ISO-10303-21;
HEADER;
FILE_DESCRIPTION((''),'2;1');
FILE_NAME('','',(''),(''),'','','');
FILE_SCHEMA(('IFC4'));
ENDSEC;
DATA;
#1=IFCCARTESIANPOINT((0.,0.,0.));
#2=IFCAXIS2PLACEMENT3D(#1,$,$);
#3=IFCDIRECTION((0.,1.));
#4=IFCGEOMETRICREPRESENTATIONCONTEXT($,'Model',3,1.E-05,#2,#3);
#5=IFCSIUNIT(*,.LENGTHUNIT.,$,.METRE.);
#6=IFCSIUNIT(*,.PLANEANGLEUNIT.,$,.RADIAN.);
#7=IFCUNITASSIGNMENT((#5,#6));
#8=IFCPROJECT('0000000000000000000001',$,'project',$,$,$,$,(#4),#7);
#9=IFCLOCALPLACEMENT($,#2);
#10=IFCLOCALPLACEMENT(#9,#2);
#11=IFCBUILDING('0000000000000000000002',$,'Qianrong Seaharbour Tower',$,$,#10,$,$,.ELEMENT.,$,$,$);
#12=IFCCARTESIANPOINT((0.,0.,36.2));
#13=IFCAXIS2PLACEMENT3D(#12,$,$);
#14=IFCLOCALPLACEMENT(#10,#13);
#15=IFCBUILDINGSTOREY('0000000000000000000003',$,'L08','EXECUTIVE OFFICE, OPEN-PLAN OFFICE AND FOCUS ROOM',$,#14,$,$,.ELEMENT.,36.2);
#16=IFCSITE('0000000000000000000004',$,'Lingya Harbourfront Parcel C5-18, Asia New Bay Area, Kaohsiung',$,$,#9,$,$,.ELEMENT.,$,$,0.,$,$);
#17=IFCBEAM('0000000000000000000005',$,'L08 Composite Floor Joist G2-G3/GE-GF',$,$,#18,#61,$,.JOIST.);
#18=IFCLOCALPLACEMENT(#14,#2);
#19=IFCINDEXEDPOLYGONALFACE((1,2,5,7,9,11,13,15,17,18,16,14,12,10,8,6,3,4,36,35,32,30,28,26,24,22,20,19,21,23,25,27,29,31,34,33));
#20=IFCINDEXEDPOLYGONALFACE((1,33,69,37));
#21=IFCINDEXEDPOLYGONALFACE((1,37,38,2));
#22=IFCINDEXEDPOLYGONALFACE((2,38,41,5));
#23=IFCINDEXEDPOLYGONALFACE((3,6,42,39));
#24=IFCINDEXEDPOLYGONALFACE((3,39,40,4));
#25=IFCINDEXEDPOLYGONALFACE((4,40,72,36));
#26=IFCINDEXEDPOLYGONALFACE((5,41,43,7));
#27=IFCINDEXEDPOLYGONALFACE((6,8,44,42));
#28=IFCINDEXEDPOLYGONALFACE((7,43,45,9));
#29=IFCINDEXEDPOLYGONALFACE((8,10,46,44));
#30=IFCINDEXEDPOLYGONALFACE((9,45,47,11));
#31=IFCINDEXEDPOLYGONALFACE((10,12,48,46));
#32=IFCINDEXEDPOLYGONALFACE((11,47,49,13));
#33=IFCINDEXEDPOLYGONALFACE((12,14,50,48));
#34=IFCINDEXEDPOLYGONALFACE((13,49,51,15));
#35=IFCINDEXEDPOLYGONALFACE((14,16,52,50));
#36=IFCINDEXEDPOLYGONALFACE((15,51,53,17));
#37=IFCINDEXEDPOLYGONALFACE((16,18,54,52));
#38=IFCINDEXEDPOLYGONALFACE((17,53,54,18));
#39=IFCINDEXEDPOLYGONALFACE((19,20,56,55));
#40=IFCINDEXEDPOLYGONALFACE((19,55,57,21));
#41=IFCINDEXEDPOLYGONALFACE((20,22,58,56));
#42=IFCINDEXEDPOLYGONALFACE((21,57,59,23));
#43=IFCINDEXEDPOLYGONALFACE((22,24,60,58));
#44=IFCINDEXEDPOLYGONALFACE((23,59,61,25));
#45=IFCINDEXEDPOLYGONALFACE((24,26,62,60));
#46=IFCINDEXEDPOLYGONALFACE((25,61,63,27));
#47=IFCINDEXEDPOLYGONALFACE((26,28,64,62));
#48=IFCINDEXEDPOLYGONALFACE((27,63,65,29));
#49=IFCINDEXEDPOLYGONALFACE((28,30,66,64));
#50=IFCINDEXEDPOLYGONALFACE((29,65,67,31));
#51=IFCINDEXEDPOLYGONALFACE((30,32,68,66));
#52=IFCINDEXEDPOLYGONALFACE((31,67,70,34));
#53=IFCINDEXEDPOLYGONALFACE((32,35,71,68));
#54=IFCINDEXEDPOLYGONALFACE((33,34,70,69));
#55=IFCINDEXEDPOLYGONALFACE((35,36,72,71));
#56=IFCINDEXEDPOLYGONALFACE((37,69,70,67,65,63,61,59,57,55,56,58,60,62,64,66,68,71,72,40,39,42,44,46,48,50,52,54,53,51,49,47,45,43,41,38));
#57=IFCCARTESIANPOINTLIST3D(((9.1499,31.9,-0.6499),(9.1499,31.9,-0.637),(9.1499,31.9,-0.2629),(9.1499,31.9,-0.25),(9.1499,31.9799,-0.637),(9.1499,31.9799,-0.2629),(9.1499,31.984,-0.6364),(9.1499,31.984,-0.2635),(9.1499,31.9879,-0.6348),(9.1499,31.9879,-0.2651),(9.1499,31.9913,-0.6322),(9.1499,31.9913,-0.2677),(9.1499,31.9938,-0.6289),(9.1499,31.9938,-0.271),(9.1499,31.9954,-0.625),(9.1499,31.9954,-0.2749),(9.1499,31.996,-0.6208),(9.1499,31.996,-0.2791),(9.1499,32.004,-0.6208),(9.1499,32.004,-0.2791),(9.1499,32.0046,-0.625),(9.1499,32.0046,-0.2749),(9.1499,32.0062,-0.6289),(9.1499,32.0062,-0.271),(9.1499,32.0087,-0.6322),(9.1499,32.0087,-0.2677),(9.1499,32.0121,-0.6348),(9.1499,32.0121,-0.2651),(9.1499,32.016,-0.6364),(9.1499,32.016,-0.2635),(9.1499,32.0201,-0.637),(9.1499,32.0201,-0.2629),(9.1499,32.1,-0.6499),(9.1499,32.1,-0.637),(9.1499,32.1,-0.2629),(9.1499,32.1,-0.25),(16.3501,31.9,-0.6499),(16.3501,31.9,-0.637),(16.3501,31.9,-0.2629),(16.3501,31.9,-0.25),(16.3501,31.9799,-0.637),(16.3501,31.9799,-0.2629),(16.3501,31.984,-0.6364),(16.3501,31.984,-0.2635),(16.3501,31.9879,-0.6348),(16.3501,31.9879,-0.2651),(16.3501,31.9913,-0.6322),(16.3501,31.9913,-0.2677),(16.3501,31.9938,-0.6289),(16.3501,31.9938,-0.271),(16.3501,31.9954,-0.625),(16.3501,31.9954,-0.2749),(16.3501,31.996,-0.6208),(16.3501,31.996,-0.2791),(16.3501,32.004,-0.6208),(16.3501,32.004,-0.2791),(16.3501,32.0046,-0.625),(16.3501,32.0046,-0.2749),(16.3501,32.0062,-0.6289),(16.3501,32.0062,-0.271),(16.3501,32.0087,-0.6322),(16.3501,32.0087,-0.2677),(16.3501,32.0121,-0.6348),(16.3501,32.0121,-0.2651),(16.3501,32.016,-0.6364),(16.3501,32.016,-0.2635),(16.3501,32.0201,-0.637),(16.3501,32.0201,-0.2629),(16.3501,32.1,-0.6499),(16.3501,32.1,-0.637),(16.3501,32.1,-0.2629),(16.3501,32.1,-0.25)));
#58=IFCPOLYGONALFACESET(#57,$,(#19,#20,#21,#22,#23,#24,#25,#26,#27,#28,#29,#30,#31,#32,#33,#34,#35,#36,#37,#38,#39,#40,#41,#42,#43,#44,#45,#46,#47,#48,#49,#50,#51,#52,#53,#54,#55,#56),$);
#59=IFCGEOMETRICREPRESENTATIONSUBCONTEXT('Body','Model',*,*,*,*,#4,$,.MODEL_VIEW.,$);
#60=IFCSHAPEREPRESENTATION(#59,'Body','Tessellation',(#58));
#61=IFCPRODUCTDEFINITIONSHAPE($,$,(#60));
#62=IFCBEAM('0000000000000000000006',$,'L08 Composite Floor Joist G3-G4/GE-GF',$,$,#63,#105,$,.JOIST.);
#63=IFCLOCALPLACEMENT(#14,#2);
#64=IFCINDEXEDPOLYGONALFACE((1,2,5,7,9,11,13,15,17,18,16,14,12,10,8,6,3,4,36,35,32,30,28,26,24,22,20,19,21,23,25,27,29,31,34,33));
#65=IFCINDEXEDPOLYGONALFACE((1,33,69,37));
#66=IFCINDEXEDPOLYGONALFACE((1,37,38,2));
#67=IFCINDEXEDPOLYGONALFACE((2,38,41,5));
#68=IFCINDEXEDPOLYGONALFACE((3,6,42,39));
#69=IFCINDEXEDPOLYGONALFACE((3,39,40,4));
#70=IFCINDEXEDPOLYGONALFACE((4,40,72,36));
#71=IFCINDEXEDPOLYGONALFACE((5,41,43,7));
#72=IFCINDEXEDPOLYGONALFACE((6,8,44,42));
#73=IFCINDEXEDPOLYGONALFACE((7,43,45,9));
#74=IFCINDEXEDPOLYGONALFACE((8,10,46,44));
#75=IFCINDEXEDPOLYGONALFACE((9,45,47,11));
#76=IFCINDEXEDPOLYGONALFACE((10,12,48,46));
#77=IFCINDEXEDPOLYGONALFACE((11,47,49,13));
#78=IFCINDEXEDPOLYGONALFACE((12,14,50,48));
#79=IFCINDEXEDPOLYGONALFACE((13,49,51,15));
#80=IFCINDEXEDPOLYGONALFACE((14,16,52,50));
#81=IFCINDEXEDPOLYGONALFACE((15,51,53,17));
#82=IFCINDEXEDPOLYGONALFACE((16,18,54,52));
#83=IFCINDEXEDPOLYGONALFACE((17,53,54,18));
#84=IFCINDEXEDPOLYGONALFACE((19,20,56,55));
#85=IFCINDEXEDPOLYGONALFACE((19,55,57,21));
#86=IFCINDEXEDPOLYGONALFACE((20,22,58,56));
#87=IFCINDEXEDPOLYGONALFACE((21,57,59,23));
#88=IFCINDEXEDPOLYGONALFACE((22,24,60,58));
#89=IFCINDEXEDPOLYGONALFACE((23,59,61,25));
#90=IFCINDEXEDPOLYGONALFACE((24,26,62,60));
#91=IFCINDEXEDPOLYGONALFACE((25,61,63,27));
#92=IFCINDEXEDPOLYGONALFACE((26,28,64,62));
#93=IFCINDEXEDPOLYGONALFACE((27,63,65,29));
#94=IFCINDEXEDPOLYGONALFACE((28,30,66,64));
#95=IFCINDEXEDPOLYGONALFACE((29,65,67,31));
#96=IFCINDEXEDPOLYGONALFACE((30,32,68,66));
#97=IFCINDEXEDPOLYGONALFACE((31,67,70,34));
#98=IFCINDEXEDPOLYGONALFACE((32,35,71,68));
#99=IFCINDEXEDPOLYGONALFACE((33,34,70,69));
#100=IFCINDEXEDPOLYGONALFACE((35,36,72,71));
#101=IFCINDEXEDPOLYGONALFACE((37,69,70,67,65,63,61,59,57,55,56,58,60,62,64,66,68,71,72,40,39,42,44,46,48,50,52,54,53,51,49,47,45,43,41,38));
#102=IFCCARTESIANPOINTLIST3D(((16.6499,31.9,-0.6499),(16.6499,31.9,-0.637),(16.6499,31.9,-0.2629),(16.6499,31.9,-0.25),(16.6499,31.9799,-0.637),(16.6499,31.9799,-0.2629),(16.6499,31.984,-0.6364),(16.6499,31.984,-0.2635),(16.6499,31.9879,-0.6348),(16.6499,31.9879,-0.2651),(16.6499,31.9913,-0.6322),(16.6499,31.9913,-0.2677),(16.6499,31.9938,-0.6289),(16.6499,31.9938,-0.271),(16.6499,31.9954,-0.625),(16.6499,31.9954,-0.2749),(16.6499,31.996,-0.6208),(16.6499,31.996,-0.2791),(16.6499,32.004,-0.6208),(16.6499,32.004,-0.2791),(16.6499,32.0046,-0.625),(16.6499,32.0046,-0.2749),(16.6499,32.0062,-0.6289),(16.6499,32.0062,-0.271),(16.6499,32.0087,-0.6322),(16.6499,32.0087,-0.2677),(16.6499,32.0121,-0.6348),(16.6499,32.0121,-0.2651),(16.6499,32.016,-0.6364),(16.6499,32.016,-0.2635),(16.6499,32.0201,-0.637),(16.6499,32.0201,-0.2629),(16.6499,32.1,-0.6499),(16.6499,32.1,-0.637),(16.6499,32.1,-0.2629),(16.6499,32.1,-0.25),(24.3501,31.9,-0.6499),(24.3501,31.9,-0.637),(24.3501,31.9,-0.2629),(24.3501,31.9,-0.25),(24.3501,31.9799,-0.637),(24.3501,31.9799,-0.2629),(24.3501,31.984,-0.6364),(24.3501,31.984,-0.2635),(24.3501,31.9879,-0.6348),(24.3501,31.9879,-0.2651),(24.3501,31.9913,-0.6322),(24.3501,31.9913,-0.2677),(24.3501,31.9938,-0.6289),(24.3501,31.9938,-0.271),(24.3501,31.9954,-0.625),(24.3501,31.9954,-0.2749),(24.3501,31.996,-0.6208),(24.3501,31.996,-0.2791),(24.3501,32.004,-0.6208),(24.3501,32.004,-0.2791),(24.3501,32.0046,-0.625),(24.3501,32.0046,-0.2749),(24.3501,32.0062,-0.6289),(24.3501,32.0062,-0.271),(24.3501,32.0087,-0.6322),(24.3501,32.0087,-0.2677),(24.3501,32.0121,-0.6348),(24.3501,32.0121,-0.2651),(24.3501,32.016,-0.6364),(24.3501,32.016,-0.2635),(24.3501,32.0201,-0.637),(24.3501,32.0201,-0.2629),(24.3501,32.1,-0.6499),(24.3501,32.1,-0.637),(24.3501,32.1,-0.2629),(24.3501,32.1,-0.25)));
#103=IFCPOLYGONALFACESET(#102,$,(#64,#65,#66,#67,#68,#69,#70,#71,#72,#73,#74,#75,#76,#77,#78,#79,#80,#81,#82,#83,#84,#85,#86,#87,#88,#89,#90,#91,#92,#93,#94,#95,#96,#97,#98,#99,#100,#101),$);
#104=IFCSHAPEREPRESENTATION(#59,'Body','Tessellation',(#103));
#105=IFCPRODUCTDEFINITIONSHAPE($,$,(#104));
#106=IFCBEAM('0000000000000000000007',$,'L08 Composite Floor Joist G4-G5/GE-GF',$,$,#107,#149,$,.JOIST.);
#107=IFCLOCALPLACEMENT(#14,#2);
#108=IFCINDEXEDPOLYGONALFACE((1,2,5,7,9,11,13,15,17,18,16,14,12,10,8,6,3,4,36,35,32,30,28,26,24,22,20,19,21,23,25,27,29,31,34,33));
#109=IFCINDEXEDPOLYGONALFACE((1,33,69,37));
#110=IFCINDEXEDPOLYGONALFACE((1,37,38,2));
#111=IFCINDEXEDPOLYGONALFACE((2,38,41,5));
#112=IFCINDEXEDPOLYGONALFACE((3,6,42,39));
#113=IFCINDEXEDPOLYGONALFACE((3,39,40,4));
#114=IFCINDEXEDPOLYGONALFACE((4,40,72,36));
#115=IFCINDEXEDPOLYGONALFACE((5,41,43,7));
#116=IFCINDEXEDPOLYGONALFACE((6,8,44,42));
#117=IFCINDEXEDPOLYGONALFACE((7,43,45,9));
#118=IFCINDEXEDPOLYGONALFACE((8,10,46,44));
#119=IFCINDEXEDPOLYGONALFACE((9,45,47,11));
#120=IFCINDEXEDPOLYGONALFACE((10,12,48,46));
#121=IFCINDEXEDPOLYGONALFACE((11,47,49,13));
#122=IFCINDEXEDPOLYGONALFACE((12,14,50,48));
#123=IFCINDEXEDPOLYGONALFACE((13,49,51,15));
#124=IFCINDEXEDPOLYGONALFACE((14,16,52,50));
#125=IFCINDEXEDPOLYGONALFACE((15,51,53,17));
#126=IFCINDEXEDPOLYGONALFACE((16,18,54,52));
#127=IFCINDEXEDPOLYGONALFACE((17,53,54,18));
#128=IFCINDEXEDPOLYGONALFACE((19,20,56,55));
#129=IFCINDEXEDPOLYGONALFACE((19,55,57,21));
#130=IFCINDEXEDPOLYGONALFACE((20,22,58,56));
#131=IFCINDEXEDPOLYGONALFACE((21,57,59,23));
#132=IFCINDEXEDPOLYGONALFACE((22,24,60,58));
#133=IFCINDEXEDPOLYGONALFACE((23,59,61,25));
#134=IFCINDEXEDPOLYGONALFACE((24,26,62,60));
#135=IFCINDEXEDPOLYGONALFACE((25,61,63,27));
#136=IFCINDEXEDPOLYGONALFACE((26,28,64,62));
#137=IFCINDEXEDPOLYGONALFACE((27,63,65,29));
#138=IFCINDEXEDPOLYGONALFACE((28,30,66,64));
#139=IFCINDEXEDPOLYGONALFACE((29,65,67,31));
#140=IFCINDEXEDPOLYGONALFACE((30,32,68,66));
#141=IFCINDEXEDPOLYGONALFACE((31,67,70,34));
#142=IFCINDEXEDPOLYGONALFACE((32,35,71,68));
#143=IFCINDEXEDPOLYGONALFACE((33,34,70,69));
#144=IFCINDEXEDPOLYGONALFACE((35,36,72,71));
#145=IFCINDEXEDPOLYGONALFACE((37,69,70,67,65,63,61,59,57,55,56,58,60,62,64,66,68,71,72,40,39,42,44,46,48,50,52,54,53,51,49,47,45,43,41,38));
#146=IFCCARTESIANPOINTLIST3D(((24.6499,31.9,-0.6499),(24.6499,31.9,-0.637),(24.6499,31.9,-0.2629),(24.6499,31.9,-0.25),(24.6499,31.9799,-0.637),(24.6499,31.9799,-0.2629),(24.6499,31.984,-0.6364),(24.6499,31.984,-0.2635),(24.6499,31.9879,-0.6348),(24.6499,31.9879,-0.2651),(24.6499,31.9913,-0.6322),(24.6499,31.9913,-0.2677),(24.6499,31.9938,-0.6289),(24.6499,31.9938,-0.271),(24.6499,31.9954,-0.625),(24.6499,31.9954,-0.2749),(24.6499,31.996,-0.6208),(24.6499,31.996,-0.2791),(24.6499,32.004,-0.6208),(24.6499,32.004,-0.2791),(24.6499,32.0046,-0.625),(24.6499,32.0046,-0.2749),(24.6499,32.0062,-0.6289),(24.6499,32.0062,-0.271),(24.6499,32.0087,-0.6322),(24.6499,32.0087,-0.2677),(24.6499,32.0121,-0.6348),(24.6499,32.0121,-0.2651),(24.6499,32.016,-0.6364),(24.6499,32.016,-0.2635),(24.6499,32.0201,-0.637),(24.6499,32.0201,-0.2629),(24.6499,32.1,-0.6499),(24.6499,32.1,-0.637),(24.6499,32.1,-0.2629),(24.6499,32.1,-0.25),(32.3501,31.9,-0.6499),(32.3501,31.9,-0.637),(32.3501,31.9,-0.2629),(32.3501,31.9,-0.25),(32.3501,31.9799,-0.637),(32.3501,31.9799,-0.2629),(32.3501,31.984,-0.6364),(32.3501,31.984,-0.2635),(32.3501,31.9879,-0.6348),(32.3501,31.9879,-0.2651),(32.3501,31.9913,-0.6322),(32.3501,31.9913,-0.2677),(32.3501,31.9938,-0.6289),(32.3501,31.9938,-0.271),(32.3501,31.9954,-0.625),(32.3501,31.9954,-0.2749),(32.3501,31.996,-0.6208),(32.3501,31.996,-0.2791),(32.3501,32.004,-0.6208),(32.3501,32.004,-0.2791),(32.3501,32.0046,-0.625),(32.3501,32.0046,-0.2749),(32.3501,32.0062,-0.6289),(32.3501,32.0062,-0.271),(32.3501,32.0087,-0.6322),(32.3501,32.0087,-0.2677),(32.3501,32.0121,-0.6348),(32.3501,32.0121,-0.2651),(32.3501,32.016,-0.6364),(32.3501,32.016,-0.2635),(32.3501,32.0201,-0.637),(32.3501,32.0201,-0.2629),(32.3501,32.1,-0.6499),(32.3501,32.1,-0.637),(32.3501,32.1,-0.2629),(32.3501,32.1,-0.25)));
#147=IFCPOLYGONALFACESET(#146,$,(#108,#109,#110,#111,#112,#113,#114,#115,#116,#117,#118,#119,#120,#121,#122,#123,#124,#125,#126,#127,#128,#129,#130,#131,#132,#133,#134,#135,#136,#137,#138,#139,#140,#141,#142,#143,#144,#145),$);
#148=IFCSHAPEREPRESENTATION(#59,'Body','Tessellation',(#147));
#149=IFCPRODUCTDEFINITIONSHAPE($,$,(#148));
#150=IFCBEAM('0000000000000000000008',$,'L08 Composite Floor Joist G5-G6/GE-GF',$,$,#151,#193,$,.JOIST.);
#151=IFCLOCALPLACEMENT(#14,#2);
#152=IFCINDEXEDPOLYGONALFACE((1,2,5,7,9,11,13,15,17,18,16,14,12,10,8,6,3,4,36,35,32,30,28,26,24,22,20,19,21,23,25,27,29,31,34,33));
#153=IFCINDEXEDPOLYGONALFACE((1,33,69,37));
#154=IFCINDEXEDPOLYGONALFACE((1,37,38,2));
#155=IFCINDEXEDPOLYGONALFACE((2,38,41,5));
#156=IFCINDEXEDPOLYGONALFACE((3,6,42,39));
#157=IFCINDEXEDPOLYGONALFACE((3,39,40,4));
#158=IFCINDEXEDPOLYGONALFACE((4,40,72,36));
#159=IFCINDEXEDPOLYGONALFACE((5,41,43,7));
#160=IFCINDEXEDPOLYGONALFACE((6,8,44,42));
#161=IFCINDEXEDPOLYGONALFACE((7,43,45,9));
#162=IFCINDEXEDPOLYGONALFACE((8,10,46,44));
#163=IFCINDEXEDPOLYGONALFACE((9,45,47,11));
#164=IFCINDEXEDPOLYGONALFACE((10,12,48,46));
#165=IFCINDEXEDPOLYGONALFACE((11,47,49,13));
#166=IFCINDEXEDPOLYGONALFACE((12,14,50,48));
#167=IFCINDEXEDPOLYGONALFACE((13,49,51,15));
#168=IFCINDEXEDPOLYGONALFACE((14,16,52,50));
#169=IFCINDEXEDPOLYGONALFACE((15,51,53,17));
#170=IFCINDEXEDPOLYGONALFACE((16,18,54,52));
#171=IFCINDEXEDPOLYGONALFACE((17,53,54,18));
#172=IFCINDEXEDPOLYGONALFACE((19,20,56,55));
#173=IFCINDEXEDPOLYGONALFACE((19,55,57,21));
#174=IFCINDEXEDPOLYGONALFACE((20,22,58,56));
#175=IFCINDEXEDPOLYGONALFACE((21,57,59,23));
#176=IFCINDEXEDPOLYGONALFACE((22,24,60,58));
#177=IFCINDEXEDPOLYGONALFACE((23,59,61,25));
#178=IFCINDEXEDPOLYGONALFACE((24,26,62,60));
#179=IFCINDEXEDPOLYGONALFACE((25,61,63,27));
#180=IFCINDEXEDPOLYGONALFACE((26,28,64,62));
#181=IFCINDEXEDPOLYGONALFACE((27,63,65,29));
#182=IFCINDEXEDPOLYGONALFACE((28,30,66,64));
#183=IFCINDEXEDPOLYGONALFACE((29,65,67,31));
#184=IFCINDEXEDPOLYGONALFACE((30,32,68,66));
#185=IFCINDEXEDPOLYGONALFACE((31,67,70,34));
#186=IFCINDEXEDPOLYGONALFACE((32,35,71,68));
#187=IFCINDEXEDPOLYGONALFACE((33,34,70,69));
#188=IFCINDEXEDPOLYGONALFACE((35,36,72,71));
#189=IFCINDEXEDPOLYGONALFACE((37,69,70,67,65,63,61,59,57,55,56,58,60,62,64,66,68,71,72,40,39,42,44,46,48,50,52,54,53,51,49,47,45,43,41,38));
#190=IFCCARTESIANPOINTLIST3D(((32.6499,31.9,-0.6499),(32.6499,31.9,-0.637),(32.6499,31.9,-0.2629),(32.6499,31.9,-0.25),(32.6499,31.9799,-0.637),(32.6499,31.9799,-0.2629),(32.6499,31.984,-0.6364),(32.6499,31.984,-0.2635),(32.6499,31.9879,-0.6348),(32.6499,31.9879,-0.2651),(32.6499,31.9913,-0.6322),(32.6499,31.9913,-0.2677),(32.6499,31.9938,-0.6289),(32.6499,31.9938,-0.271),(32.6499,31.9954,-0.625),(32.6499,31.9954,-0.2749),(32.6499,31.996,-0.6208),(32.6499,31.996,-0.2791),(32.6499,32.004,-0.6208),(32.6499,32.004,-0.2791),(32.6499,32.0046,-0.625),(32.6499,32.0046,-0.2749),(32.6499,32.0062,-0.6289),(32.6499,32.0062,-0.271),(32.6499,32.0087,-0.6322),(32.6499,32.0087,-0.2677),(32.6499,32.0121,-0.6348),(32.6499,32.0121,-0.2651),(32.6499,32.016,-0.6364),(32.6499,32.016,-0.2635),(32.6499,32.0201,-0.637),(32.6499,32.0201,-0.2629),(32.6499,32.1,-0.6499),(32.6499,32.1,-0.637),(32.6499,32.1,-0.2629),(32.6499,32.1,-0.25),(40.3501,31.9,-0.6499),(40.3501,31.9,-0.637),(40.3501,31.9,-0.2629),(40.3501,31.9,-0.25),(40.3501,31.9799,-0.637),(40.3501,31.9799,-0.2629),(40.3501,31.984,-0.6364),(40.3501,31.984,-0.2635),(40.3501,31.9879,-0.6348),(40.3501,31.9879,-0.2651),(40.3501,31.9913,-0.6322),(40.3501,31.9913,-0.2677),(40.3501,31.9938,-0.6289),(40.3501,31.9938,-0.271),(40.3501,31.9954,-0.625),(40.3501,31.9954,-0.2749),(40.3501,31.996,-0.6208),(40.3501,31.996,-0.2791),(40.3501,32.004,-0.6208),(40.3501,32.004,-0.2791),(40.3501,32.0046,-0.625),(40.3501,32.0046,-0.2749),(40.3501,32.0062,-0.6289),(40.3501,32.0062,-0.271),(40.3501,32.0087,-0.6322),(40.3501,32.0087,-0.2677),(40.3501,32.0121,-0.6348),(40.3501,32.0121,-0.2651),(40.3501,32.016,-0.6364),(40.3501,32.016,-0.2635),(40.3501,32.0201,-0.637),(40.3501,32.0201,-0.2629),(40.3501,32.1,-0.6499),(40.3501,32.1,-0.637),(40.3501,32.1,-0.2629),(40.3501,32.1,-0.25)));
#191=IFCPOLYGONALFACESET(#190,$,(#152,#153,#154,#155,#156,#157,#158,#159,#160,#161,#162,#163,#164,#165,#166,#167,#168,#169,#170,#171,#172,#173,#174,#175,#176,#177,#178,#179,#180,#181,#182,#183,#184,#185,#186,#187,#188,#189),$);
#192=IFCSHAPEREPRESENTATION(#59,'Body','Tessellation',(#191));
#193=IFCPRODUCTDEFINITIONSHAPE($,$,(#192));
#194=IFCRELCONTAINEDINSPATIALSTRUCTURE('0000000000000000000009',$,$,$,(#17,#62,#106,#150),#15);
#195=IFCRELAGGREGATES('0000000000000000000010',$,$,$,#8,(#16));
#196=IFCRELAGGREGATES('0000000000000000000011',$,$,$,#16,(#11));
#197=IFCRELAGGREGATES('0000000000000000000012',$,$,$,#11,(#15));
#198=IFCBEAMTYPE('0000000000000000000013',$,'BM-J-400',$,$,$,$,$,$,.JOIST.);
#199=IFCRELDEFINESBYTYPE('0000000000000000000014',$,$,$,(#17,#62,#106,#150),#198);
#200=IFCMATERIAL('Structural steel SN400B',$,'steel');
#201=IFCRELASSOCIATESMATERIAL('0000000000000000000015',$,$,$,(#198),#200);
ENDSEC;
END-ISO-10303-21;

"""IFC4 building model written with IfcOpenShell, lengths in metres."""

from ifc_helpers import new_model, si_unit, direction, frame, origin, origin_2d, place, context, subcontext, project, spatial, i_section, extrude, material, material_profile, profile_set, type_object, element, save


model = new_model("IFC4")

# Units and contexts
model_context = context("Model", 3, precision=1e-05, world=origin(), true_north=direction((0.0, 1.0)))
body_context = subcontext(model_context, "Body", "Model", "MODEL_VIEW")
ifc_project = project(units=[si_unit("LENGTHUNIT", "METRE"), si_unit("PLANEANGLEUNIT", "RADIAN")], contexts=[model_context])

# Site, building, storey
site_placement = place(None, origin())
site = spatial("IfcSite", under=ifc_project, at=site_placement, Name="Lingya Harbourfront Parcel C5-18, Asia New Bay Area, Kaohsiung", CompositionType="ELEMENT", RefElevation=0.0)
building_placement = place(site_placement, origin())
building = spatial("IfcBuilding", under=site, at=building_placement, Name="Qianrong Seaharbour Tower", CompositionType="ELEMENT")
storey_placement = place(building_placement, frame((0.0, 0.0, 36.2)))
storey = spatial("IfcBuildingStorey", under=building, at=storey_placement, Name="L08", Description="EXECUTIVE OFFICE, OPEN-PLAN OFFICE AND FOCUS ROOM", CompositionType="ELEMENT", Elevation=36.2)

# Beams
ifc_material_1 = material(Name="Structural steel SN400B", Category="steel")
ifc_material_profile_1 = material_profile(ifc_material_1, i_section(OverallWidth=0.2, OverallDepth=0.3999, WebThickness=0.0081, FlangeThickness=0.0129, FilletRadius=0.0161, at=origin_2d()), Name="H400x200x8x13")
ifc_profile_set_1 = profile_set([ifc_material_profile_1], Name="Structural steel SN400B")
beam_type_1 = type_object("IfcBeamType", Name="BM-J-400", PredefinedType="JOIST", material=ifc_profile_set_1)
beam_1_placement = place(storey_placement, frame((9.1499, 32.0, -0.45), z_axis=(1.0, 0.0, 0.0), x_axis=(0.0, 1.0, 0.0)))
element("IfcBeam", 1, at=beam_1_placement, inside=storey, type_object=beam_type_1, Name="L08 Composite Floor Joist G2-G3/GE-GF", PredefinedType="JOIST", context=body_context, shape_type="SweptSolid", body=[
    extrude(i_section(OverallWidth=0.2, OverallDepth=0.3999, WebThickness=0.0081, FlangeThickness=0.0129, FilletRadius=0.0161, at=origin_2d()), origin(), (0.0, 0.0, 1.0), 7.2002),
])
for number, where, z_axis, x_axis, name in (
    (2, (16.6499, 32.0, -0.45), (1.0, 0.0, 0.0), (0.0, 1.0, 0.0), "L08 Composite Floor Joist G3-G4/GE-GF"),
    (3, (24.6499, 32.0, -0.45), (1.0, 0.0, 0.0), (0.0, 1.0, 0.0), "L08 Composite Floor Joist G4-G5/GE-GF"),
    (4, (32.6499, 32.0, -0.45), (1.0, 0.0, 0.0), (0.0, 1.0, 0.0), "L08 Composite Floor Joist G5-G6/GE-GF"),
):
    element("IfcBeam", number, at=place(storey_placement, frame(where, z_axis=z_axis, x_axis=x_axis)), inside=storey, type_object=beam_type_1, Name=name, PredefinedType="JOIST", context=body_context, shape_type="SweptSolid", body=[
        extrude(i_section(OverallWidth=0.2, OverallDepth=0.3999, WebThickness=0.0081, FlangeThickness=0.0129, FilletRadius=0.0161, at=origin_2d()), origin(), (0.0, 0.0, 1.0), 7.7002),
    ])

save(model, "model.ifc")
